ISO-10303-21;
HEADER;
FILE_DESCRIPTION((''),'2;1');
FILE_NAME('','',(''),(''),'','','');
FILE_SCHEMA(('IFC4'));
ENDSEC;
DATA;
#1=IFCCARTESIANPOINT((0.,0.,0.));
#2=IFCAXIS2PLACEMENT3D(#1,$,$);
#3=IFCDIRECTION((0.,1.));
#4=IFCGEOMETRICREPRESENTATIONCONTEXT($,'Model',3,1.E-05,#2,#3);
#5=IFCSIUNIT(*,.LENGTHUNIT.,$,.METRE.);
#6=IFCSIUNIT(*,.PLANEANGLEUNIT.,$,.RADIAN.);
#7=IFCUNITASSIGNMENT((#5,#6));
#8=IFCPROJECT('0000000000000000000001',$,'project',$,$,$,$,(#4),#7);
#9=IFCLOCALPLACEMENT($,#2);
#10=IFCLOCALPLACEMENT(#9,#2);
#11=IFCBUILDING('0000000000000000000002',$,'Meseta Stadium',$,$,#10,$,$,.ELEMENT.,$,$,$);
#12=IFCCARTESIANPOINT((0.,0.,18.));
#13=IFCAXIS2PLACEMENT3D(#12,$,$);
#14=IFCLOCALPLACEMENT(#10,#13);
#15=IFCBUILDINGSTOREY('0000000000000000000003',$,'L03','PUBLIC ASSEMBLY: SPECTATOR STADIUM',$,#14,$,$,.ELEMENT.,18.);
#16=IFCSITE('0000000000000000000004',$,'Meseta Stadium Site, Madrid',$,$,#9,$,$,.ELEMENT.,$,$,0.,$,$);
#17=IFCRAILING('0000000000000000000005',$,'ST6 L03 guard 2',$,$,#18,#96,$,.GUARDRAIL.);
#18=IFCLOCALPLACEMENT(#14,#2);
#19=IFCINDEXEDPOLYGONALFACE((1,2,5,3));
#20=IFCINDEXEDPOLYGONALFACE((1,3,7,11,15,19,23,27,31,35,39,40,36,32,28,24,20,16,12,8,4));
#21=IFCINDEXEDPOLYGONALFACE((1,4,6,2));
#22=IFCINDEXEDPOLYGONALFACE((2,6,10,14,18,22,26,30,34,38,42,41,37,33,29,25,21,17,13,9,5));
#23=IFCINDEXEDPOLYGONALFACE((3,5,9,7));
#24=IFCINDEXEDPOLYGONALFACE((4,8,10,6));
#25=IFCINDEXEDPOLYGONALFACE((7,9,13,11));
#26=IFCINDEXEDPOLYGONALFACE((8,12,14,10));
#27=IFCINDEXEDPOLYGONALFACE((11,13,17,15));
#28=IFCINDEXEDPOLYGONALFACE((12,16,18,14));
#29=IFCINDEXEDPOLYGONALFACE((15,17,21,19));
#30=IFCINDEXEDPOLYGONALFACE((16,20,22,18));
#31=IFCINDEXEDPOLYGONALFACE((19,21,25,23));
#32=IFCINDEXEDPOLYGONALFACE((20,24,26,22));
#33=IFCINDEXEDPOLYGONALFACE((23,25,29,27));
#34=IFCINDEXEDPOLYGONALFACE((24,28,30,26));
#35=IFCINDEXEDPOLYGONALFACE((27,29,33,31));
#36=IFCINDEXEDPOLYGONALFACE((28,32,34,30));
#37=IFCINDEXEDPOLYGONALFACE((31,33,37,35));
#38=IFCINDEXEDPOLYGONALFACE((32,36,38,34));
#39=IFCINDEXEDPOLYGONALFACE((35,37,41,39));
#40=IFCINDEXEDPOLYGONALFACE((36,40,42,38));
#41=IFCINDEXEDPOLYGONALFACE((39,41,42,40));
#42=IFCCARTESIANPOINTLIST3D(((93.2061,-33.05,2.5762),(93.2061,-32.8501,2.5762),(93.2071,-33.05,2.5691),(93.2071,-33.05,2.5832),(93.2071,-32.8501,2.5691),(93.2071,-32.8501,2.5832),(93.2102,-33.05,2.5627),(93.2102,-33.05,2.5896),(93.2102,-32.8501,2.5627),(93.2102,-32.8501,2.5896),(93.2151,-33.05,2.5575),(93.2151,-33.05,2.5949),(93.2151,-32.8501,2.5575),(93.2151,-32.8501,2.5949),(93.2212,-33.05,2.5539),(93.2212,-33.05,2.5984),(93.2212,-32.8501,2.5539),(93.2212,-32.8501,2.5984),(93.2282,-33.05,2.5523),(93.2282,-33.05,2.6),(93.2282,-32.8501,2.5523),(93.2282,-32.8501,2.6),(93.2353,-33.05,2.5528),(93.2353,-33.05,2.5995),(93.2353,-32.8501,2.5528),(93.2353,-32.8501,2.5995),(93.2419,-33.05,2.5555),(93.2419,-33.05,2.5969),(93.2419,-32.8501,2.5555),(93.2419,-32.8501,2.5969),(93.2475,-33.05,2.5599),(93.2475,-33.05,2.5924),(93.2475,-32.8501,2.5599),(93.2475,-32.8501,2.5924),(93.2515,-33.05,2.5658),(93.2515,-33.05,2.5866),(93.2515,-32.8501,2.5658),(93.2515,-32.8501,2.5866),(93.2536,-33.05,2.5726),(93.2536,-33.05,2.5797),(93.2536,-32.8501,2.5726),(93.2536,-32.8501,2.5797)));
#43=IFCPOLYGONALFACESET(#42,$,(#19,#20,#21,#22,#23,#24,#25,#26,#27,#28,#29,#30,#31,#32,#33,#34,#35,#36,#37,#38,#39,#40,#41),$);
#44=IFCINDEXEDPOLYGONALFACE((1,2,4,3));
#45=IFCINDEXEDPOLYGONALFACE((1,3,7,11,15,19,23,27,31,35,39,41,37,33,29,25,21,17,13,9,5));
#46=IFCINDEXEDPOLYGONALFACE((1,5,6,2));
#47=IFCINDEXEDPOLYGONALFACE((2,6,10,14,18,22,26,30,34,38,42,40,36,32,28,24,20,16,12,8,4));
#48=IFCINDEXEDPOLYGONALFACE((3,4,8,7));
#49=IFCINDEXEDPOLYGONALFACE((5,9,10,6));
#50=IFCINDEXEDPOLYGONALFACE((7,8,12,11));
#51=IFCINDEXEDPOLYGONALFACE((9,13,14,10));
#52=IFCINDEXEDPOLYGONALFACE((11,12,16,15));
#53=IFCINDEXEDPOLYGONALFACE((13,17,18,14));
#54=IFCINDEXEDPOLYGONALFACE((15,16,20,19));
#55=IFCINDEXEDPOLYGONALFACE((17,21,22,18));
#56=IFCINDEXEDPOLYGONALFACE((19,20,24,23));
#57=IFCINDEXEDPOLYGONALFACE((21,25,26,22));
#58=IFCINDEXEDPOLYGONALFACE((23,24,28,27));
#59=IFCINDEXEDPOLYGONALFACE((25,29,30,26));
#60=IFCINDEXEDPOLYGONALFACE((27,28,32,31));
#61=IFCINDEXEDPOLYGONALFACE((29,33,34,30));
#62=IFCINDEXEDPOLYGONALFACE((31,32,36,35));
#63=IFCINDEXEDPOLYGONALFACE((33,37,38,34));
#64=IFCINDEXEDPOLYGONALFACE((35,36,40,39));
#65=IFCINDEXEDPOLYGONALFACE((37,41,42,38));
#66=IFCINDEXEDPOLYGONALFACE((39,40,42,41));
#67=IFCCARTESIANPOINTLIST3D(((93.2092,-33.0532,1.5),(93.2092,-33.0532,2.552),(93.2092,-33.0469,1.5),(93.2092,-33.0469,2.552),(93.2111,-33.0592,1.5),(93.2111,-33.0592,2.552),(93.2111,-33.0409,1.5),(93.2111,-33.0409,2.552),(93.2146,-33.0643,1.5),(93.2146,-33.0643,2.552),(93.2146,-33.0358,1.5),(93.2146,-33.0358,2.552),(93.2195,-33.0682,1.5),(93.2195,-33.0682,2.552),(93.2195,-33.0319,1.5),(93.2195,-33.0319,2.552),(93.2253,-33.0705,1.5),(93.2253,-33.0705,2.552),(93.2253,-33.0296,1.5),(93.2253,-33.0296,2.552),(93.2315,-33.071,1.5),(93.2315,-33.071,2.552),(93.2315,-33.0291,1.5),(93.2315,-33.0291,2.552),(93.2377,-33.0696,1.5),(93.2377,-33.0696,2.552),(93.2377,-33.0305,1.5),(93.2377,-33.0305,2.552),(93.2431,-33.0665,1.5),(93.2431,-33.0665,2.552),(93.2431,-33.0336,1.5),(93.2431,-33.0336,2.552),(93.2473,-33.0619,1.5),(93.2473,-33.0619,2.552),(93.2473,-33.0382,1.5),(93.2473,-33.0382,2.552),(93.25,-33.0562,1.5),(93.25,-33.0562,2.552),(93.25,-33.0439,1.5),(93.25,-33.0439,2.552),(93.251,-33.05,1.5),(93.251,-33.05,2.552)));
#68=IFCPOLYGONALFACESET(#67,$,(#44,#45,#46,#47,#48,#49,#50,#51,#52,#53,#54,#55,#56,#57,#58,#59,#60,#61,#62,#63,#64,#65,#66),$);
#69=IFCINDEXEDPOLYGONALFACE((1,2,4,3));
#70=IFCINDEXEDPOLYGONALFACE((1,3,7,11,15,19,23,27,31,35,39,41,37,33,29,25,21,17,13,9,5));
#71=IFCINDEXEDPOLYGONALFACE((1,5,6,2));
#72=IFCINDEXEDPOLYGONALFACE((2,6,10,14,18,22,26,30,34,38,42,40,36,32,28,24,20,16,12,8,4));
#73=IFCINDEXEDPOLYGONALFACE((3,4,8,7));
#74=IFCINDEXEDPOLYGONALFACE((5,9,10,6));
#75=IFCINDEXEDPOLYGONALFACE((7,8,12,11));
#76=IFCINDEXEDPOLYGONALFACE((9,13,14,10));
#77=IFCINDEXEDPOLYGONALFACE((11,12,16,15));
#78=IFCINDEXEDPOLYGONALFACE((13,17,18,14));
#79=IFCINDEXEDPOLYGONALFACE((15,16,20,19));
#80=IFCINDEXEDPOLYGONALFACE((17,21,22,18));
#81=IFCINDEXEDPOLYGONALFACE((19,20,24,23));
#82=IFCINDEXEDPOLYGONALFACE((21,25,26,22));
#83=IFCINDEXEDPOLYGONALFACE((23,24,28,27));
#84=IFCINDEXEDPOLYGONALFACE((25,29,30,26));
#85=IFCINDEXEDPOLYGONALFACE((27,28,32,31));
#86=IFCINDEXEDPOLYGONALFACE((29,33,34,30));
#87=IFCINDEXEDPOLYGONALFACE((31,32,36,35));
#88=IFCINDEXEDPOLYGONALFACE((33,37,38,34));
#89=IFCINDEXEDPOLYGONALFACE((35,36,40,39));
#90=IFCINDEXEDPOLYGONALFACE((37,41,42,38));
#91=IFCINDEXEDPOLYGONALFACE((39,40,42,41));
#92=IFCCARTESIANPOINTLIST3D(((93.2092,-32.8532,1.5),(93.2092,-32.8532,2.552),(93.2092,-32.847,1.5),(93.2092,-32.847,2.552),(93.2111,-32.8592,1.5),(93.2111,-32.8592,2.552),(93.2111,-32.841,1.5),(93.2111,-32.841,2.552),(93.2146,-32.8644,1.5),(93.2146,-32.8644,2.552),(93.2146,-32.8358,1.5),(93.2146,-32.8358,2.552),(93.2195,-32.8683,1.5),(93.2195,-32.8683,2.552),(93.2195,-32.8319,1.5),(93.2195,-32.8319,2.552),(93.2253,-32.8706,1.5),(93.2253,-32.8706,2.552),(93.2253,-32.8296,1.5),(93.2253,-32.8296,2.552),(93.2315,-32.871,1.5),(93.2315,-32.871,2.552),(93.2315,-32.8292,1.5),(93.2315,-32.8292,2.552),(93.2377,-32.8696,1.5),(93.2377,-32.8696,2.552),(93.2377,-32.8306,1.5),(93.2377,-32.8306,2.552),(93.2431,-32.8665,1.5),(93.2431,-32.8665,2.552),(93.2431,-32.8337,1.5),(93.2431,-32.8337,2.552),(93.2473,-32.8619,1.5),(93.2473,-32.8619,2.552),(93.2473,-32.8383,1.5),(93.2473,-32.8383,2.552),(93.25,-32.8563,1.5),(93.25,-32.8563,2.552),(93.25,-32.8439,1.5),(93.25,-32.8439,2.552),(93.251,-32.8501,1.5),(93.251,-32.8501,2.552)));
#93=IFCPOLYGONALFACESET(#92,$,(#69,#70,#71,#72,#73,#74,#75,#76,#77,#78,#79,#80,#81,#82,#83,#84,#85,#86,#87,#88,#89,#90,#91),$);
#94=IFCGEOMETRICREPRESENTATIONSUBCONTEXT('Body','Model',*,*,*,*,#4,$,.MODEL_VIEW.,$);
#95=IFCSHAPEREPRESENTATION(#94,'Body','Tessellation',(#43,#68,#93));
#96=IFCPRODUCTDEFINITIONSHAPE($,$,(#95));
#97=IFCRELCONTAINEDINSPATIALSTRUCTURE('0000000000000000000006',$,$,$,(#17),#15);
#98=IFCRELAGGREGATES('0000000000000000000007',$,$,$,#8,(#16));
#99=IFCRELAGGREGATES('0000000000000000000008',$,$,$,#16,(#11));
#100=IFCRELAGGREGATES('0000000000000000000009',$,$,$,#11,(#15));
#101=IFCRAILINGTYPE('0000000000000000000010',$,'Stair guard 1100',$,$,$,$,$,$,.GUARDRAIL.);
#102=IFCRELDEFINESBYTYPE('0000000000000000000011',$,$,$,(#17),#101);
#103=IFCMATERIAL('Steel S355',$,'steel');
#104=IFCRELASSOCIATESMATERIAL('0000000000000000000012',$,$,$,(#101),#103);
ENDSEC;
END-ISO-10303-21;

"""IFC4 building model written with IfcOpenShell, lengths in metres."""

from ifc_helpers import new_model, si_unit, direction, frame, origin, origin_2d, place, context, subcontext, project, spatial, circle, extrude, material, type_object, element, save


model = new_model("IFC4")

# Units and contexts
model_context = context("Model", 3, precision=1e-05, world=origin(), true_north=direction((0.0, 1.0)))
body_context = subcontext(model_context, "Body", "Model", "MODEL_VIEW")
ifc_project = project(units=[si_unit("LENGTHUNIT", "METRE"), si_unit("PLANEANGLEUNIT", "RADIAN")], contexts=[model_context])

# Site, building, storey
site_placement = place(None, origin())
site = spatial("IfcSite", under=ifc_project, at=site_placement, Name="Meseta Stadium Site, Madrid", CompositionType="ELEMENT", RefElevation=0.0)
building_placement = place(site_placement, origin())
building = spatial("IfcBuilding", under=site, at=building_placement, Name="Meseta Stadium", CompositionType="ELEMENT")
storey_placement = place(building_placement, frame((0.0, 0.0, 18.0)))
storey = spatial("IfcBuildingStorey", under=building, at=storey_placement, Name="L03", Description="PUBLIC ASSEMBLY: SPECTATOR STADIUM", CompositionType="ELEMENT", Elevation=18.0)

# Railing
ifc_material_1 = material(Name="Steel S355", Category="steel")
railing_type_1 = type_object("IfcRailingType", Name="Stair guard 1100", PredefinedType="GUARDRAIL", material=ifc_material_1)
railing_1_placement = place(storey_placement, frame((93.23, -33.05, 1.5)))
element("IfcRailing", 1, at=railing_1_placement, inside=storey, type_object=railing_type_1, Name="ST6 L03 guard 2", PredefinedType="GUARDRAIL", context=body_context, shape_type="SweptSolid", body=[
    extrude(circle(Radius=0.0239, at=origin_2d()), frame((0.0, 0.0, 1.0762), z_axis=(0.0, 1.0, 0.0), x_axis=(-1.0, 0.0, 0.0)), (0.0, 0.0, 1.0), 0.2),
    extrude(circle(Radius=0.021, at=origin_2d()), origin(), (0.0, 0.0, 1.0), 1.052),
    extrude(circle(Radius=0.021, at=origin_2d()), frame((0.0, 0.2, 0.0)), (0.0, 0.0, 1.0), 1.052),
])

save(model, "model.ifc")
